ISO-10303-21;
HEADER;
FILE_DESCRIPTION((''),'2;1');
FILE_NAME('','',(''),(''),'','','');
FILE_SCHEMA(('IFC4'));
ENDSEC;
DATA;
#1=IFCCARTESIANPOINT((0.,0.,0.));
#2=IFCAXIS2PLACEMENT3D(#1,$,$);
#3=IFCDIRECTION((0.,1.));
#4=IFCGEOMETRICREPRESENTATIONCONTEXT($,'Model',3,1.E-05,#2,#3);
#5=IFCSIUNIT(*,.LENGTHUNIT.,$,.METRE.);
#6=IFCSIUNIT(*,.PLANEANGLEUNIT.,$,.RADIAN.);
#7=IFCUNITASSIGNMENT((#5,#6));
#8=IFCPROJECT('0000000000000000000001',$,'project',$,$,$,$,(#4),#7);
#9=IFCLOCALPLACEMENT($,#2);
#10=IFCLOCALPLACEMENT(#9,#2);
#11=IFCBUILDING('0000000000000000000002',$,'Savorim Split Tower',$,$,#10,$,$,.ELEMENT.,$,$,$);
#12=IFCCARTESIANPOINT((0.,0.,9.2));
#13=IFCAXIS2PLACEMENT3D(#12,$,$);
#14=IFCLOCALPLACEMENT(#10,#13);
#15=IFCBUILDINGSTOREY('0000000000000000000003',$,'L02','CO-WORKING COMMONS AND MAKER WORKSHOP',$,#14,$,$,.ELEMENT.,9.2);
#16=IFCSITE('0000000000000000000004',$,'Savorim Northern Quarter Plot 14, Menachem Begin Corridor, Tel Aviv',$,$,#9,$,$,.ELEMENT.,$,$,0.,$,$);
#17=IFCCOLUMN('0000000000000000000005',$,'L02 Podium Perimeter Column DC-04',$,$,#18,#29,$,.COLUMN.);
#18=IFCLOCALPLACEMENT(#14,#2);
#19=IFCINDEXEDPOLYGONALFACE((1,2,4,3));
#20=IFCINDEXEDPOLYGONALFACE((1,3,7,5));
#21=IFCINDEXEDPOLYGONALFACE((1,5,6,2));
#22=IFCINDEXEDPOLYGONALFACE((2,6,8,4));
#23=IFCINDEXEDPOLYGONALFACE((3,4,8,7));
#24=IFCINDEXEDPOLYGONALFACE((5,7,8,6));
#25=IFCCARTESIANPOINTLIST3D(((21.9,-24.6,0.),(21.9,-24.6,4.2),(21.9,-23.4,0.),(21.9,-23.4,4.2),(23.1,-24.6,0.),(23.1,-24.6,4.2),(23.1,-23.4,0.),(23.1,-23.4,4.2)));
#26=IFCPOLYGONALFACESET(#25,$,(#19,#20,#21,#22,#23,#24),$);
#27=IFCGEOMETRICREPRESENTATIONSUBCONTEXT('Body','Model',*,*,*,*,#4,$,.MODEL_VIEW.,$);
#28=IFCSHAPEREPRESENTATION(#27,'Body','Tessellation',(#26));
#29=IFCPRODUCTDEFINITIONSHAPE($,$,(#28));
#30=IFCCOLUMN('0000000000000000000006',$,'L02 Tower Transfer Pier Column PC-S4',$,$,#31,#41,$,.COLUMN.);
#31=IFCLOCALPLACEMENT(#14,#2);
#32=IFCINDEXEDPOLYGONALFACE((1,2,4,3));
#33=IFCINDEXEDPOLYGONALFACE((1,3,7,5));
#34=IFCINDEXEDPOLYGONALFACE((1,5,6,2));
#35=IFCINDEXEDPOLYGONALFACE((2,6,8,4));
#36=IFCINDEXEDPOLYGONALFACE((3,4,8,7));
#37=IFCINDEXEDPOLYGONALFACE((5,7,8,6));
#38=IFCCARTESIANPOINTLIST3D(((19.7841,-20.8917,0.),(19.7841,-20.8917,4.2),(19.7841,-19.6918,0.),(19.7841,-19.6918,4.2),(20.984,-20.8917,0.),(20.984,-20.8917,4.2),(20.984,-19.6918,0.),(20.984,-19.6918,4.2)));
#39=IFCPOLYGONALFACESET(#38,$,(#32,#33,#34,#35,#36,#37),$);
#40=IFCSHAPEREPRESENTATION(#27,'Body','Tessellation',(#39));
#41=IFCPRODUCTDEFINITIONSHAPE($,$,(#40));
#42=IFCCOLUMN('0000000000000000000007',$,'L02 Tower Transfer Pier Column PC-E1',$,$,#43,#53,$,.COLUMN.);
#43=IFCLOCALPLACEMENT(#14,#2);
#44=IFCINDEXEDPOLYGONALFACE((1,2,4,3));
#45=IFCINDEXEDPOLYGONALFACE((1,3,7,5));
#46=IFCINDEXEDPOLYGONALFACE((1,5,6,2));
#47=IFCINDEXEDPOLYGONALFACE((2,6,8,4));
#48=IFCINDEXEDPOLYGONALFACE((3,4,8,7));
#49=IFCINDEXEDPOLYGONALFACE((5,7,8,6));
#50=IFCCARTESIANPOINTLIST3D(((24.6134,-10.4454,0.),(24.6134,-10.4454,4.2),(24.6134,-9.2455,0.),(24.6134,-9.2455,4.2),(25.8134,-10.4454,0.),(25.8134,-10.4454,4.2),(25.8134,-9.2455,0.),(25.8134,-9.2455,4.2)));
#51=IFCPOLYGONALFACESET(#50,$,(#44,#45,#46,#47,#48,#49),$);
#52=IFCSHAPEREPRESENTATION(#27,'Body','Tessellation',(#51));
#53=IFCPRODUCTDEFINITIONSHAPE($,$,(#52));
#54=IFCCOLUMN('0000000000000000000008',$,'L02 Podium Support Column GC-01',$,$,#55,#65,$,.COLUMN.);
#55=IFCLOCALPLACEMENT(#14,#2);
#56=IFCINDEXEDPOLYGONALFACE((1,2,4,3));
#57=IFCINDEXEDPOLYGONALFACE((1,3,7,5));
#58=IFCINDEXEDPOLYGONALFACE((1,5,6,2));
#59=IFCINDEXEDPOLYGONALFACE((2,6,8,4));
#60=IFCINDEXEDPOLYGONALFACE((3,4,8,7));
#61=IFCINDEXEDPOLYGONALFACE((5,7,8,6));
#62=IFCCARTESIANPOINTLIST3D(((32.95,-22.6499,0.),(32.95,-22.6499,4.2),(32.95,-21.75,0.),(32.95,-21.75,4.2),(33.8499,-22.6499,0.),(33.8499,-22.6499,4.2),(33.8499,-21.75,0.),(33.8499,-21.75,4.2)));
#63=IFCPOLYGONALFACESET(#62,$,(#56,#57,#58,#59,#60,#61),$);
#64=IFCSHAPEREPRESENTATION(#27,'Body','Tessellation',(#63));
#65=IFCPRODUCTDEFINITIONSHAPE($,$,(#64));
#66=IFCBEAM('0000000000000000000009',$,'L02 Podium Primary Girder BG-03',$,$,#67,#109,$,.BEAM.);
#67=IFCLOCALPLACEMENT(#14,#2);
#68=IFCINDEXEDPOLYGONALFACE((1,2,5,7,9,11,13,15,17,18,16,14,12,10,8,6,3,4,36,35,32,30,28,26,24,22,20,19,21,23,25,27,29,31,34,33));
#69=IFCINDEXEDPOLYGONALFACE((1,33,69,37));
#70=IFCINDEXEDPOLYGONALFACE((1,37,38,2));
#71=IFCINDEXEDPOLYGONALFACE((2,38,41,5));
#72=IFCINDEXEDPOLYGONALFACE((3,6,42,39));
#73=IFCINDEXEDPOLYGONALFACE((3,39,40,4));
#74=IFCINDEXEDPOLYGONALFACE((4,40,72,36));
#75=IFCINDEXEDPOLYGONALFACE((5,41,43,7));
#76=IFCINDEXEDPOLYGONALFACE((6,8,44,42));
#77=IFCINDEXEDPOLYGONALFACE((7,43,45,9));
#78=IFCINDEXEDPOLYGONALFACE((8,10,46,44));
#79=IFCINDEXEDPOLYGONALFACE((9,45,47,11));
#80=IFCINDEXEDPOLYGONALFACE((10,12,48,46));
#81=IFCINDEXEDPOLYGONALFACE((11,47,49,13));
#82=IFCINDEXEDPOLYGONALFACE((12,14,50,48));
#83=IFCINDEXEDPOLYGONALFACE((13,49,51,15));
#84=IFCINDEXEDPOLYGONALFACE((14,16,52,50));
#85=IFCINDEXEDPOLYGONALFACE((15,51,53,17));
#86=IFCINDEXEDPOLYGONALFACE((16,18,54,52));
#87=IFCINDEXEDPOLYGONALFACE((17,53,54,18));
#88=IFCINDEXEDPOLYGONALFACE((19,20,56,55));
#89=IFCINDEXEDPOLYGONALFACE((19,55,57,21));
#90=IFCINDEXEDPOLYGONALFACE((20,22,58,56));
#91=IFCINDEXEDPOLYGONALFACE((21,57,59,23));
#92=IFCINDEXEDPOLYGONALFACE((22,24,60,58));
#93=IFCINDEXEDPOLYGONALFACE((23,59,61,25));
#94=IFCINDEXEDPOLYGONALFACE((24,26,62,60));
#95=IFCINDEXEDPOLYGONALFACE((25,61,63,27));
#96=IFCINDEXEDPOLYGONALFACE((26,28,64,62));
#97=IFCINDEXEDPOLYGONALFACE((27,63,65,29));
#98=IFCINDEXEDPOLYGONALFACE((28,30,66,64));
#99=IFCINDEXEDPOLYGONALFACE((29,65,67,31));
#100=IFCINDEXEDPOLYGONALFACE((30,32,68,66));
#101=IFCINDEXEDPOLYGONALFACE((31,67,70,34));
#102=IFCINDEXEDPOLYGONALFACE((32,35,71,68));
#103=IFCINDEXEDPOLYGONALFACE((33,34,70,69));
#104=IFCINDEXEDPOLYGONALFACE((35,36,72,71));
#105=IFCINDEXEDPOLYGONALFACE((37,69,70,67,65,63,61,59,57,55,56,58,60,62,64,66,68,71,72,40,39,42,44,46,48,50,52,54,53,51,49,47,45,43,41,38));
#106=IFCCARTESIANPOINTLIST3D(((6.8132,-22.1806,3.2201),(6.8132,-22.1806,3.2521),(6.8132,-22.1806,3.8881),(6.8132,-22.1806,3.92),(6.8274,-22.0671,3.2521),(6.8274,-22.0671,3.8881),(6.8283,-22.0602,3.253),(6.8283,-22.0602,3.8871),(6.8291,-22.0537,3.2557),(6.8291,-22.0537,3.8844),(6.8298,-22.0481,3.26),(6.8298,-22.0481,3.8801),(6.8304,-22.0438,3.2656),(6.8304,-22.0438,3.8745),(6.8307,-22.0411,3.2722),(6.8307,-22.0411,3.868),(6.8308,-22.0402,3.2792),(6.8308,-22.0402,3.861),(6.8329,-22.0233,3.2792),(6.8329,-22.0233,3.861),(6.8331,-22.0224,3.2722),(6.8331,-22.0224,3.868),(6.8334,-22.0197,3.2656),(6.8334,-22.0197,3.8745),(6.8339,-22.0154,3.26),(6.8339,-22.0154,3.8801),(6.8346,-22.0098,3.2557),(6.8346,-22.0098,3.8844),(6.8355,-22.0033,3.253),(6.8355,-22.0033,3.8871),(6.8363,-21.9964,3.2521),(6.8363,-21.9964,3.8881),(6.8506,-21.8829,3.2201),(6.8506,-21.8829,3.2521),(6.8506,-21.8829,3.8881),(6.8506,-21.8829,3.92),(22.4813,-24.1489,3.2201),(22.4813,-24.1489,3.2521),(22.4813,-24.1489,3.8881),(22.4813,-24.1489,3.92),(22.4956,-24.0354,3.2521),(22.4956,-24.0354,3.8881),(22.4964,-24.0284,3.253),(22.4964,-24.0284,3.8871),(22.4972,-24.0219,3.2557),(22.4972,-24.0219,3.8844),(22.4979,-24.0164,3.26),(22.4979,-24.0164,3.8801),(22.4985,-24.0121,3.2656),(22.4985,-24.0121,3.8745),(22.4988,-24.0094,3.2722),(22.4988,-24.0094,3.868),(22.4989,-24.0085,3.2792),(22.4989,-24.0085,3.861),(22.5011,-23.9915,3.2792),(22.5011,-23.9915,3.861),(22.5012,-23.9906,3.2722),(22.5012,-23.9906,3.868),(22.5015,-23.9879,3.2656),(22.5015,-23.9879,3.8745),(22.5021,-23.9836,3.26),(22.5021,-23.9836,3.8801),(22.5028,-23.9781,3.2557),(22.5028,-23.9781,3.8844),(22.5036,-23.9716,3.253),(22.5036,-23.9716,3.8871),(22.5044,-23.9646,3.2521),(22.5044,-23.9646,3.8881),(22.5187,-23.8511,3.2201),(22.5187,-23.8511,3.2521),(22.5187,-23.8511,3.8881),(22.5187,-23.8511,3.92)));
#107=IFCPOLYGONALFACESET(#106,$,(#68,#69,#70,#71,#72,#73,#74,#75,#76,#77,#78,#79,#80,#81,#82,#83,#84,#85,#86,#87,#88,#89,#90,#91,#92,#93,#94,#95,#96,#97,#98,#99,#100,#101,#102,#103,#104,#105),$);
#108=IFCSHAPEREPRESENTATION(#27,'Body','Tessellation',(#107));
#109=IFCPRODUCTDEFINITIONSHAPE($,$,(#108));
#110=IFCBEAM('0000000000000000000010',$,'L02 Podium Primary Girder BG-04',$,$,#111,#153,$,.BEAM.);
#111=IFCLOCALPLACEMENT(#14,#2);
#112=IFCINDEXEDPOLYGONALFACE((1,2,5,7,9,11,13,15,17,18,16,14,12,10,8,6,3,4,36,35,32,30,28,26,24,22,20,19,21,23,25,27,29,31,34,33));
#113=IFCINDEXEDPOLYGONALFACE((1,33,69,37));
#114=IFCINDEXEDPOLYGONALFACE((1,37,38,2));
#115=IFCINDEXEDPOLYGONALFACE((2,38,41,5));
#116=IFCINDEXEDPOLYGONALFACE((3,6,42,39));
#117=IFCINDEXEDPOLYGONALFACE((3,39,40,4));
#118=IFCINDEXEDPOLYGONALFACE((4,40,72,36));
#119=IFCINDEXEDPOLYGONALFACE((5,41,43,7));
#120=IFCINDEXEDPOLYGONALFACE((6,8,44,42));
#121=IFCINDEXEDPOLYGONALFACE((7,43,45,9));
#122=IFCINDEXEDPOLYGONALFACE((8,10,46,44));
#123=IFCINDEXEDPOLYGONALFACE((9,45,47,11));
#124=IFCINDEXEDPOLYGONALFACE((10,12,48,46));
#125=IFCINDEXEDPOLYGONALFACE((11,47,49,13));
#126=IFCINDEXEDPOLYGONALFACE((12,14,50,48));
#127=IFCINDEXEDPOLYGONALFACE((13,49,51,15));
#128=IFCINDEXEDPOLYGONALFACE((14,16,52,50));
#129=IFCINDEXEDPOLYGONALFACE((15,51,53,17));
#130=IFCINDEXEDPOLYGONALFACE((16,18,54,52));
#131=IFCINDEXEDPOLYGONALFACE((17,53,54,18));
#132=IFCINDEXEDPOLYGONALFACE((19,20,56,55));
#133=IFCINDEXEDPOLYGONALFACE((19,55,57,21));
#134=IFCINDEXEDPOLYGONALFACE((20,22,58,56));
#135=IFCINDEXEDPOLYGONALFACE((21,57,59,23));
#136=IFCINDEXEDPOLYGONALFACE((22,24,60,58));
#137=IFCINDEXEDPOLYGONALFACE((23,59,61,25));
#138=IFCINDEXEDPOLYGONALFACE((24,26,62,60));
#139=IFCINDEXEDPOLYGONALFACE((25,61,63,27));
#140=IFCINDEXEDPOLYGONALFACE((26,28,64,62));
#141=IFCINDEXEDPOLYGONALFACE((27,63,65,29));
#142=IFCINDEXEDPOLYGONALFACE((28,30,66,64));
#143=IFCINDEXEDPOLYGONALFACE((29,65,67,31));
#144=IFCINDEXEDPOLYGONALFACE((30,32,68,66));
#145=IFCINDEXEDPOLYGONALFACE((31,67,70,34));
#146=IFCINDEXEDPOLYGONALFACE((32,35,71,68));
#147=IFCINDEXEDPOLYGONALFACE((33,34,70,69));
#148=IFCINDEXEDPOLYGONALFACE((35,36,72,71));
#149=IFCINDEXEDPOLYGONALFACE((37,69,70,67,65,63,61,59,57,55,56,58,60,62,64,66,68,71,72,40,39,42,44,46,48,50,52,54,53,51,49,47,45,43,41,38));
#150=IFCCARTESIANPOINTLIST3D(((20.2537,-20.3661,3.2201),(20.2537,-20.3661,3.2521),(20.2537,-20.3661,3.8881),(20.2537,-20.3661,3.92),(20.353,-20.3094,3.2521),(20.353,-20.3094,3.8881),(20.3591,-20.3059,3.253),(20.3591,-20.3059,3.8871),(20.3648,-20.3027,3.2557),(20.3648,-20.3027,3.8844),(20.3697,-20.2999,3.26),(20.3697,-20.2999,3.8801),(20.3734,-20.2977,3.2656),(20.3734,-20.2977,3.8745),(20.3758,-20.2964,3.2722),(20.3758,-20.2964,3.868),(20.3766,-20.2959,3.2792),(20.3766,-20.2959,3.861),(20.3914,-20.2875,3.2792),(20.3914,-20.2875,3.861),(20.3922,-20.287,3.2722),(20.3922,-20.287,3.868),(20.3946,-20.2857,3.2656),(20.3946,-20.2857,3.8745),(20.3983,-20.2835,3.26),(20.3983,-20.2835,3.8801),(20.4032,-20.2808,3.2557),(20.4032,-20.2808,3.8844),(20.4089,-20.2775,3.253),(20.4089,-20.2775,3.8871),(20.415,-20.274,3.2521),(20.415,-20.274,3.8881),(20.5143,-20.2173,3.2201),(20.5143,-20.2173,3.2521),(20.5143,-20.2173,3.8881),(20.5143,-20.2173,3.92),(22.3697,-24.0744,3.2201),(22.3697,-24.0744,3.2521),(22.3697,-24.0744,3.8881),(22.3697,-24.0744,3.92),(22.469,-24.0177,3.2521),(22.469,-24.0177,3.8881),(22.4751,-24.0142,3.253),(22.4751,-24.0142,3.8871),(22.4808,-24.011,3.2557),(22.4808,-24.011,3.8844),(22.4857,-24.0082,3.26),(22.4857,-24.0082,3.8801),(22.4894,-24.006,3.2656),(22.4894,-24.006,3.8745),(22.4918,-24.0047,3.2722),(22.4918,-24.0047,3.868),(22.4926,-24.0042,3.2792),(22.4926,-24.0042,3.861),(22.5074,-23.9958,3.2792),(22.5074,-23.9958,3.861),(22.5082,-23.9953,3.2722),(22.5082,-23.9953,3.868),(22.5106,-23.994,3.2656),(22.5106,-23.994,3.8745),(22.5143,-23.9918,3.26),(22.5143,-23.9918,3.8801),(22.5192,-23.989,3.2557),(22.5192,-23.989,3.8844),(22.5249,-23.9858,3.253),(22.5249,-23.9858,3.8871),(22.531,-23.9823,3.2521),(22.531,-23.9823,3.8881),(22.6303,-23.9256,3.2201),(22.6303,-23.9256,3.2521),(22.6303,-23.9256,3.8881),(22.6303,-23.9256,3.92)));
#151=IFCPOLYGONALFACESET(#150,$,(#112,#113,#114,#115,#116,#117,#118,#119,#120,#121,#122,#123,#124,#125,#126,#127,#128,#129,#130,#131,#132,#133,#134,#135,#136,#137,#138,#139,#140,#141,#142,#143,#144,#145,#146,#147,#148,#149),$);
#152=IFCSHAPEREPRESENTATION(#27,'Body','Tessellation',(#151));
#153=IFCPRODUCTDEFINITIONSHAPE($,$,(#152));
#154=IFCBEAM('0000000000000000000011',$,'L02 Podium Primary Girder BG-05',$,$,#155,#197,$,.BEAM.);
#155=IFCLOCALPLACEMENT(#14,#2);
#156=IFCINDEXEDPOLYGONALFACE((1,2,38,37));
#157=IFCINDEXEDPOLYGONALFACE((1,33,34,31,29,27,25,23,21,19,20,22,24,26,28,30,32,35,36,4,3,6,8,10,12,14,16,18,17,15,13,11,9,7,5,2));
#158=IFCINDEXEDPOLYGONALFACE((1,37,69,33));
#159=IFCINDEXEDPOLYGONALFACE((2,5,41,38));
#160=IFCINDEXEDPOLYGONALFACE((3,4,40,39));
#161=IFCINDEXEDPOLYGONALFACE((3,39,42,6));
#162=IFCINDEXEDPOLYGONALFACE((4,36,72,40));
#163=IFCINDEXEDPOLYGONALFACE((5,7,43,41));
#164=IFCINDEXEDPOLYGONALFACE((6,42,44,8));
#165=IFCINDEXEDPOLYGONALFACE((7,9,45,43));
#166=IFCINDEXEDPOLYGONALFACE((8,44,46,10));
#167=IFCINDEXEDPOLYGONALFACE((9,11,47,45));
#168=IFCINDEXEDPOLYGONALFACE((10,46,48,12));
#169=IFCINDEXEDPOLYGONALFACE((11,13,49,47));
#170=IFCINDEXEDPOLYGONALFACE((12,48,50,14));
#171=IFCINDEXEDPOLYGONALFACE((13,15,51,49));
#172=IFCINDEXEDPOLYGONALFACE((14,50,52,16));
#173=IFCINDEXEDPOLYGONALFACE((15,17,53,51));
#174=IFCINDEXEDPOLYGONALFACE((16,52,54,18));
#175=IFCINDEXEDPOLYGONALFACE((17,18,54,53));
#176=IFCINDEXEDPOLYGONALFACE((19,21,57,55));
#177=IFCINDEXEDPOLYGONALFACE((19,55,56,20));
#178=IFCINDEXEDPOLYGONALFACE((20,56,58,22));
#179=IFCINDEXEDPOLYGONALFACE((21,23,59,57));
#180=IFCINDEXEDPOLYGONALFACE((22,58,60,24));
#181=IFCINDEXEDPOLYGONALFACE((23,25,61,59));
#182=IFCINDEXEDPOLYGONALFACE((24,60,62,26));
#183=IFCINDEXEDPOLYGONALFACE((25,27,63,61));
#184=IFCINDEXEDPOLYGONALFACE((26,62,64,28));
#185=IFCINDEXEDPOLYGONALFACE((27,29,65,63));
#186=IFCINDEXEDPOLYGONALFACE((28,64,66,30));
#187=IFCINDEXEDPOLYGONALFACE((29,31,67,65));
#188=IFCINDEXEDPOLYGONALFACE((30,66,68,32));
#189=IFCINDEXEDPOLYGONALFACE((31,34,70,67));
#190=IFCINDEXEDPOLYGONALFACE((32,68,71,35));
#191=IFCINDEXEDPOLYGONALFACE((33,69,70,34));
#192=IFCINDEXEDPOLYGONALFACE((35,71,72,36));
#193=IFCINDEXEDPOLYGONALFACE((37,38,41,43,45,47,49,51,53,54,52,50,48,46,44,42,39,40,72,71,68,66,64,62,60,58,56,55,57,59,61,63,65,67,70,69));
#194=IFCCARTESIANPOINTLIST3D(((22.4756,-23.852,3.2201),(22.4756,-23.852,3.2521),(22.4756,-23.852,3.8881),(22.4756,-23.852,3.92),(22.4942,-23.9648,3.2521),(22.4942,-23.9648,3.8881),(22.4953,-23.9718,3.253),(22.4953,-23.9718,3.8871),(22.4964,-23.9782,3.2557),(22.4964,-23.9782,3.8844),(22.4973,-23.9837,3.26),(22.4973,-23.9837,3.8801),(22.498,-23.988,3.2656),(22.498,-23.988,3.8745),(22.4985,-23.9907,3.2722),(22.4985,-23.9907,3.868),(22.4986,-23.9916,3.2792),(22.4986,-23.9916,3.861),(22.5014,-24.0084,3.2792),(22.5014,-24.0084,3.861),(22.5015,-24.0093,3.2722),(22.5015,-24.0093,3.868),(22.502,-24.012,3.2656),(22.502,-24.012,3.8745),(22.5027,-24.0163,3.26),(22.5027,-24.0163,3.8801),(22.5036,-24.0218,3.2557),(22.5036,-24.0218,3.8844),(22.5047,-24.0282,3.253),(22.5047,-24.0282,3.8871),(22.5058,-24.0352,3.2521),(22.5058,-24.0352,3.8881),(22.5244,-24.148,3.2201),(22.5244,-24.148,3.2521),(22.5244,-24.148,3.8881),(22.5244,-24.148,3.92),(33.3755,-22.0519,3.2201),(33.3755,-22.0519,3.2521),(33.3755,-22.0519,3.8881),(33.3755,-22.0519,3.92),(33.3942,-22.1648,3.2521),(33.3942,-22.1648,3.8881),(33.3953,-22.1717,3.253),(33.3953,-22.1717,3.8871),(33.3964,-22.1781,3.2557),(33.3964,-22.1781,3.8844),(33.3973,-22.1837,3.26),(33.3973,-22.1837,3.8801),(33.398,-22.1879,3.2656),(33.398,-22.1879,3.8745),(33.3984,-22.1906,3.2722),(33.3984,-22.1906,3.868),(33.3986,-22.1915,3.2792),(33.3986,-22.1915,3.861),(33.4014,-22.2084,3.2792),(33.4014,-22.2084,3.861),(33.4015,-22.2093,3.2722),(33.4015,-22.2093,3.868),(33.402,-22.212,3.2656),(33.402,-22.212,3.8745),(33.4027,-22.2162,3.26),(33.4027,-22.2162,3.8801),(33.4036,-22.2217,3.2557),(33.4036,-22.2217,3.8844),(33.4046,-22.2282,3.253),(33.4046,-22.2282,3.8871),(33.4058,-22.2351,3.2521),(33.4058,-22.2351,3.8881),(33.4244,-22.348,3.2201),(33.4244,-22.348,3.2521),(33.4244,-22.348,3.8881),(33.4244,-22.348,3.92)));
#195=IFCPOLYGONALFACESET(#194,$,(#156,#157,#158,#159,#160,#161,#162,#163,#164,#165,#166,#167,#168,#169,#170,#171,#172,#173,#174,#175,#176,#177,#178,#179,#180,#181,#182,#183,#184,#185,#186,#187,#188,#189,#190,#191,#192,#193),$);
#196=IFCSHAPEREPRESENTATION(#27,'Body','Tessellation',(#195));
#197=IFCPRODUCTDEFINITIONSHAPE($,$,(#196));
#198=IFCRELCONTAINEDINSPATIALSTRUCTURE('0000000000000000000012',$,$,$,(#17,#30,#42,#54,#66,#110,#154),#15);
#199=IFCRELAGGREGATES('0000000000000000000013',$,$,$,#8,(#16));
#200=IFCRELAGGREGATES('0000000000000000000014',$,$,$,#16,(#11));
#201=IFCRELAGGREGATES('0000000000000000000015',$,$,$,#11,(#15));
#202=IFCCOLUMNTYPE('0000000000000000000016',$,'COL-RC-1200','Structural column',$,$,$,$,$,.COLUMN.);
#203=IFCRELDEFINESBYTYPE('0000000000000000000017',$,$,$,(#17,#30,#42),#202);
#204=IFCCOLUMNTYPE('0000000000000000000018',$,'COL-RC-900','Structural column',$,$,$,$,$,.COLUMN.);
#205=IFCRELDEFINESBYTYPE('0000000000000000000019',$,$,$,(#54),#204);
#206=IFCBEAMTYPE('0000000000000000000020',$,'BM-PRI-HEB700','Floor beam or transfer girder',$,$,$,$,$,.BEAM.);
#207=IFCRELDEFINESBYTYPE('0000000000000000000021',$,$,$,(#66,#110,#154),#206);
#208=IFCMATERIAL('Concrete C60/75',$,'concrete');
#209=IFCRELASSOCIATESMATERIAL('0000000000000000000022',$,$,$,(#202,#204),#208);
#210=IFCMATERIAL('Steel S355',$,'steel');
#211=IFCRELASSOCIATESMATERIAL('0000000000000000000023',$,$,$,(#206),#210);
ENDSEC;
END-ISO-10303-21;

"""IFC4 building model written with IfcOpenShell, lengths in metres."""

from ifc_helpers import new_model, si_unit, direction, frame, origin, origin_2d, place, context, subcontext, project, spatial, rectangle, i_section, extrude, material, material_profile, profile_set, type_object, element, save


model = new_model("IFC4")

# Units and contexts
model_context = context("Model", 3, precision=1e-05, world=origin(), true_north=direction((0.0, 1.0)))
body_context = subcontext(model_context, "Body", "Model", "MODEL_VIEW")
ifc_project = project(units=[si_unit("LENGTHUNIT", "METRE"), si_unit("PLANEANGLEUNIT", "RADIAN")], contexts=[model_context])

# Site, building, storey
site_placement = place(None, origin())
site = spatial("IfcSite", under=ifc_project, at=site_placement, Name="Savorim Northern Quarter Plot 14, Menachem Begin Corridor, Tel Aviv", CompositionType="ELEMENT", RefElevation=0.0)
building_placement = place(site_placement, origin())
building = spatial("IfcBuilding", under=site, at=building_placement, Name="Savorim Split Tower", CompositionType="ELEMENT")
storey_placement = place(building_placement, frame((0.0, 0.0, 9.2)))
storey = spatial("IfcBuildingStorey", under=building, at=storey_placement, Name="L02", Description="CO-WORKING COMMONS AND MAKER WORKSHOP", CompositionType="ELEMENT", Elevation=9.2)

# Columns
ifc_material_1 = material(Name="Concrete C60/75", Category="concrete")
ifc_material_profile_1 = material_profile(ifc_material_1, rectangle(XDim=1.2, YDim=1.2, at=origin_2d()), Name="RC 1200x1200")
ifc_profile_set_1 = profile_set([ifc_material_profile_1], Name="Concrete C60/75")
column_type_1 = type_object("IfcColumnType", Name="COL-RC-1200", Description="Structural column", PredefinedType="COLUMN", material=ifc_profile_set_1)
for number, where, z_axis, x_axis, name in (
    (1, (22.5, -24.0, 0.0), (0.0, 0.0, 1.0), (1.0, 0.0, 0.0), "L02 Podium Perimeter Column DC-04"),
    (2, (20.384, -20.2917, 0.0), (0.0, 0.0, 1.0), (1.0, 0.0, 0.0), "L02 Tower Transfer Pier Column PC-S4"),
    (3, (25.2134, -9.8455, 0.0), (0.0, 0.0, 1.0), (1.0, 0.0, 0.0), "L02 Tower Transfer Pier Column PC-E1"),
):
    element("IfcColumn", number, at=place(storey_placement, frame(where, z_axis=z_axis, x_axis=x_axis)), inside=storey, type_object=column_type_1, Name=name, PredefinedType="COLUMN", context=body_context, shape_type="SweptSolid", body=[
        extrude(rectangle(XDim=1.2, YDim=1.2, at=origin_2d()), origin(), (0.0, 0.0, 1.0), 4.2),
    ])
ifc_material_profile_2 = material_profile(ifc_material_1, rectangle(XDim=0.8999, YDim=0.8999, at=origin_2d()), Name="RC 900x900")
ifc_profile_set_2 = profile_set([ifc_material_profile_2], Name="Concrete C60/75")
column_type_2 = type_object("IfcColumnType", Name="COL-RC-900", Description="Structural column", PredefinedType="COLUMN", material=ifc_profile_set_2)
column_placement = place(storey_placement, frame((33.3999, -22.2, 0.0), z_axis=(0.0, 0.0, 1.0), x_axis=(1.0, 0.0, 0.0)))
element("IfcColumn", 4, at=column_placement, inside=storey, type_object=column_type_2, Name="L02 Podium Support Column GC-01", PredefinedType="COLUMN", context=body_context, shape_type="SweptSolid", body=[
    extrude(rectangle(XDim=0.8999, YDim=0.8999, at=origin_2d()), origin(), (0.0, 0.0, 1.0), 4.2),
])

# Beams
ifc_material_2 = material(Name="Steel S355", Category="steel")
ifc_material_profile_3 = material_profile(ifc_material_2, i_section(OverallWidth=0.3, OverallDepth=0.7, WebThickness=0.0171, FlangeThickness=0.032, FilletRadius=0.0271, at=origin_2d()), Name="HEB 700")
ifc_profile_set_3 = profile_set([ifc_material_profile_3], Name="Steel S355")
beam_type_1 = type_object("IfcBeamType", Name="BM-PRI-HEB700", Description="Floor beam or transfer girder", PredefinedType="BEAM", material=ifc_profile_set_3)
beam_1_placement = place(storey_placement, frame((22.5, -24.0, 3.5701), z_axis=(-0.992202, 0.124642, 0.0), x_axis=(-0.124642, -0.992202, 0.0)))
element("IfcBeam", 5, at=beam_1_placement, inside=storey, type_object=beam_type_1, Name="L02 Podium Primary Girder BG-03", PredefinedType="BEAM", context=body_context, shape_type="SweptSolid", body=[
    extrude(i_section(OverallWidth=0.3, OverallDepth=0.7, WebThickness=0.0171, FlangeThickness=0.032, FilletRadius=0.0271, at=origin_2d()), origin(), (0.0, 0.0, 1.0), 15.7913),
])
beam_2_placement = place(storey_placement, frame((22.5, -24.0, 3.5701), z_axis=(-0.495603, 0.868549, 0.0), x_axis=(-0.868549, -0.495603, 0.0)))
element("IfcBeam", 6, at=beam_2_placement, inside=storey, type_object=beam_type_1, Name="L02 Podium Primary Girder BG-04", PredefinedType="BEAM", context=body_context, shape_type="SweptSolid", body=[
    extrude(i_section(OverallWidth=0.3, OverallDepth=0.7, WebThickness=0.0171, FlangeThickness=0.032, FilletRadius=0.0271, at=origin_2d()), origin(), (0.0, 0.0, 1.0), 4.2695),
])
beam_3_placement = place(storey_placement, frame((22.5, -24.0, 3.5701), z_axis=(0.986637, 0.162937, 0.0), x_axis=(-0.162937, 0.986637, 0.0)))
element("IfcBeam", 7, at=beam_3_placement, inside=storey, type_object=beam_type_1, Name="L02 Podium Primary Girder BG-05", PredefinedType="BEAM", context=body_context, shape_type="SweptSolid", body=[
    extrude(i_section(OverallWidth=0.3, OverallDepth=0.7, WebThickness=0.0171, FlangeThickness=0.032, FilletRadius=0.0271, at=origin_2d()), origin(), (0.0, 0.0, 1.0), 11.0476),
])

save(model, "model.ifc")
